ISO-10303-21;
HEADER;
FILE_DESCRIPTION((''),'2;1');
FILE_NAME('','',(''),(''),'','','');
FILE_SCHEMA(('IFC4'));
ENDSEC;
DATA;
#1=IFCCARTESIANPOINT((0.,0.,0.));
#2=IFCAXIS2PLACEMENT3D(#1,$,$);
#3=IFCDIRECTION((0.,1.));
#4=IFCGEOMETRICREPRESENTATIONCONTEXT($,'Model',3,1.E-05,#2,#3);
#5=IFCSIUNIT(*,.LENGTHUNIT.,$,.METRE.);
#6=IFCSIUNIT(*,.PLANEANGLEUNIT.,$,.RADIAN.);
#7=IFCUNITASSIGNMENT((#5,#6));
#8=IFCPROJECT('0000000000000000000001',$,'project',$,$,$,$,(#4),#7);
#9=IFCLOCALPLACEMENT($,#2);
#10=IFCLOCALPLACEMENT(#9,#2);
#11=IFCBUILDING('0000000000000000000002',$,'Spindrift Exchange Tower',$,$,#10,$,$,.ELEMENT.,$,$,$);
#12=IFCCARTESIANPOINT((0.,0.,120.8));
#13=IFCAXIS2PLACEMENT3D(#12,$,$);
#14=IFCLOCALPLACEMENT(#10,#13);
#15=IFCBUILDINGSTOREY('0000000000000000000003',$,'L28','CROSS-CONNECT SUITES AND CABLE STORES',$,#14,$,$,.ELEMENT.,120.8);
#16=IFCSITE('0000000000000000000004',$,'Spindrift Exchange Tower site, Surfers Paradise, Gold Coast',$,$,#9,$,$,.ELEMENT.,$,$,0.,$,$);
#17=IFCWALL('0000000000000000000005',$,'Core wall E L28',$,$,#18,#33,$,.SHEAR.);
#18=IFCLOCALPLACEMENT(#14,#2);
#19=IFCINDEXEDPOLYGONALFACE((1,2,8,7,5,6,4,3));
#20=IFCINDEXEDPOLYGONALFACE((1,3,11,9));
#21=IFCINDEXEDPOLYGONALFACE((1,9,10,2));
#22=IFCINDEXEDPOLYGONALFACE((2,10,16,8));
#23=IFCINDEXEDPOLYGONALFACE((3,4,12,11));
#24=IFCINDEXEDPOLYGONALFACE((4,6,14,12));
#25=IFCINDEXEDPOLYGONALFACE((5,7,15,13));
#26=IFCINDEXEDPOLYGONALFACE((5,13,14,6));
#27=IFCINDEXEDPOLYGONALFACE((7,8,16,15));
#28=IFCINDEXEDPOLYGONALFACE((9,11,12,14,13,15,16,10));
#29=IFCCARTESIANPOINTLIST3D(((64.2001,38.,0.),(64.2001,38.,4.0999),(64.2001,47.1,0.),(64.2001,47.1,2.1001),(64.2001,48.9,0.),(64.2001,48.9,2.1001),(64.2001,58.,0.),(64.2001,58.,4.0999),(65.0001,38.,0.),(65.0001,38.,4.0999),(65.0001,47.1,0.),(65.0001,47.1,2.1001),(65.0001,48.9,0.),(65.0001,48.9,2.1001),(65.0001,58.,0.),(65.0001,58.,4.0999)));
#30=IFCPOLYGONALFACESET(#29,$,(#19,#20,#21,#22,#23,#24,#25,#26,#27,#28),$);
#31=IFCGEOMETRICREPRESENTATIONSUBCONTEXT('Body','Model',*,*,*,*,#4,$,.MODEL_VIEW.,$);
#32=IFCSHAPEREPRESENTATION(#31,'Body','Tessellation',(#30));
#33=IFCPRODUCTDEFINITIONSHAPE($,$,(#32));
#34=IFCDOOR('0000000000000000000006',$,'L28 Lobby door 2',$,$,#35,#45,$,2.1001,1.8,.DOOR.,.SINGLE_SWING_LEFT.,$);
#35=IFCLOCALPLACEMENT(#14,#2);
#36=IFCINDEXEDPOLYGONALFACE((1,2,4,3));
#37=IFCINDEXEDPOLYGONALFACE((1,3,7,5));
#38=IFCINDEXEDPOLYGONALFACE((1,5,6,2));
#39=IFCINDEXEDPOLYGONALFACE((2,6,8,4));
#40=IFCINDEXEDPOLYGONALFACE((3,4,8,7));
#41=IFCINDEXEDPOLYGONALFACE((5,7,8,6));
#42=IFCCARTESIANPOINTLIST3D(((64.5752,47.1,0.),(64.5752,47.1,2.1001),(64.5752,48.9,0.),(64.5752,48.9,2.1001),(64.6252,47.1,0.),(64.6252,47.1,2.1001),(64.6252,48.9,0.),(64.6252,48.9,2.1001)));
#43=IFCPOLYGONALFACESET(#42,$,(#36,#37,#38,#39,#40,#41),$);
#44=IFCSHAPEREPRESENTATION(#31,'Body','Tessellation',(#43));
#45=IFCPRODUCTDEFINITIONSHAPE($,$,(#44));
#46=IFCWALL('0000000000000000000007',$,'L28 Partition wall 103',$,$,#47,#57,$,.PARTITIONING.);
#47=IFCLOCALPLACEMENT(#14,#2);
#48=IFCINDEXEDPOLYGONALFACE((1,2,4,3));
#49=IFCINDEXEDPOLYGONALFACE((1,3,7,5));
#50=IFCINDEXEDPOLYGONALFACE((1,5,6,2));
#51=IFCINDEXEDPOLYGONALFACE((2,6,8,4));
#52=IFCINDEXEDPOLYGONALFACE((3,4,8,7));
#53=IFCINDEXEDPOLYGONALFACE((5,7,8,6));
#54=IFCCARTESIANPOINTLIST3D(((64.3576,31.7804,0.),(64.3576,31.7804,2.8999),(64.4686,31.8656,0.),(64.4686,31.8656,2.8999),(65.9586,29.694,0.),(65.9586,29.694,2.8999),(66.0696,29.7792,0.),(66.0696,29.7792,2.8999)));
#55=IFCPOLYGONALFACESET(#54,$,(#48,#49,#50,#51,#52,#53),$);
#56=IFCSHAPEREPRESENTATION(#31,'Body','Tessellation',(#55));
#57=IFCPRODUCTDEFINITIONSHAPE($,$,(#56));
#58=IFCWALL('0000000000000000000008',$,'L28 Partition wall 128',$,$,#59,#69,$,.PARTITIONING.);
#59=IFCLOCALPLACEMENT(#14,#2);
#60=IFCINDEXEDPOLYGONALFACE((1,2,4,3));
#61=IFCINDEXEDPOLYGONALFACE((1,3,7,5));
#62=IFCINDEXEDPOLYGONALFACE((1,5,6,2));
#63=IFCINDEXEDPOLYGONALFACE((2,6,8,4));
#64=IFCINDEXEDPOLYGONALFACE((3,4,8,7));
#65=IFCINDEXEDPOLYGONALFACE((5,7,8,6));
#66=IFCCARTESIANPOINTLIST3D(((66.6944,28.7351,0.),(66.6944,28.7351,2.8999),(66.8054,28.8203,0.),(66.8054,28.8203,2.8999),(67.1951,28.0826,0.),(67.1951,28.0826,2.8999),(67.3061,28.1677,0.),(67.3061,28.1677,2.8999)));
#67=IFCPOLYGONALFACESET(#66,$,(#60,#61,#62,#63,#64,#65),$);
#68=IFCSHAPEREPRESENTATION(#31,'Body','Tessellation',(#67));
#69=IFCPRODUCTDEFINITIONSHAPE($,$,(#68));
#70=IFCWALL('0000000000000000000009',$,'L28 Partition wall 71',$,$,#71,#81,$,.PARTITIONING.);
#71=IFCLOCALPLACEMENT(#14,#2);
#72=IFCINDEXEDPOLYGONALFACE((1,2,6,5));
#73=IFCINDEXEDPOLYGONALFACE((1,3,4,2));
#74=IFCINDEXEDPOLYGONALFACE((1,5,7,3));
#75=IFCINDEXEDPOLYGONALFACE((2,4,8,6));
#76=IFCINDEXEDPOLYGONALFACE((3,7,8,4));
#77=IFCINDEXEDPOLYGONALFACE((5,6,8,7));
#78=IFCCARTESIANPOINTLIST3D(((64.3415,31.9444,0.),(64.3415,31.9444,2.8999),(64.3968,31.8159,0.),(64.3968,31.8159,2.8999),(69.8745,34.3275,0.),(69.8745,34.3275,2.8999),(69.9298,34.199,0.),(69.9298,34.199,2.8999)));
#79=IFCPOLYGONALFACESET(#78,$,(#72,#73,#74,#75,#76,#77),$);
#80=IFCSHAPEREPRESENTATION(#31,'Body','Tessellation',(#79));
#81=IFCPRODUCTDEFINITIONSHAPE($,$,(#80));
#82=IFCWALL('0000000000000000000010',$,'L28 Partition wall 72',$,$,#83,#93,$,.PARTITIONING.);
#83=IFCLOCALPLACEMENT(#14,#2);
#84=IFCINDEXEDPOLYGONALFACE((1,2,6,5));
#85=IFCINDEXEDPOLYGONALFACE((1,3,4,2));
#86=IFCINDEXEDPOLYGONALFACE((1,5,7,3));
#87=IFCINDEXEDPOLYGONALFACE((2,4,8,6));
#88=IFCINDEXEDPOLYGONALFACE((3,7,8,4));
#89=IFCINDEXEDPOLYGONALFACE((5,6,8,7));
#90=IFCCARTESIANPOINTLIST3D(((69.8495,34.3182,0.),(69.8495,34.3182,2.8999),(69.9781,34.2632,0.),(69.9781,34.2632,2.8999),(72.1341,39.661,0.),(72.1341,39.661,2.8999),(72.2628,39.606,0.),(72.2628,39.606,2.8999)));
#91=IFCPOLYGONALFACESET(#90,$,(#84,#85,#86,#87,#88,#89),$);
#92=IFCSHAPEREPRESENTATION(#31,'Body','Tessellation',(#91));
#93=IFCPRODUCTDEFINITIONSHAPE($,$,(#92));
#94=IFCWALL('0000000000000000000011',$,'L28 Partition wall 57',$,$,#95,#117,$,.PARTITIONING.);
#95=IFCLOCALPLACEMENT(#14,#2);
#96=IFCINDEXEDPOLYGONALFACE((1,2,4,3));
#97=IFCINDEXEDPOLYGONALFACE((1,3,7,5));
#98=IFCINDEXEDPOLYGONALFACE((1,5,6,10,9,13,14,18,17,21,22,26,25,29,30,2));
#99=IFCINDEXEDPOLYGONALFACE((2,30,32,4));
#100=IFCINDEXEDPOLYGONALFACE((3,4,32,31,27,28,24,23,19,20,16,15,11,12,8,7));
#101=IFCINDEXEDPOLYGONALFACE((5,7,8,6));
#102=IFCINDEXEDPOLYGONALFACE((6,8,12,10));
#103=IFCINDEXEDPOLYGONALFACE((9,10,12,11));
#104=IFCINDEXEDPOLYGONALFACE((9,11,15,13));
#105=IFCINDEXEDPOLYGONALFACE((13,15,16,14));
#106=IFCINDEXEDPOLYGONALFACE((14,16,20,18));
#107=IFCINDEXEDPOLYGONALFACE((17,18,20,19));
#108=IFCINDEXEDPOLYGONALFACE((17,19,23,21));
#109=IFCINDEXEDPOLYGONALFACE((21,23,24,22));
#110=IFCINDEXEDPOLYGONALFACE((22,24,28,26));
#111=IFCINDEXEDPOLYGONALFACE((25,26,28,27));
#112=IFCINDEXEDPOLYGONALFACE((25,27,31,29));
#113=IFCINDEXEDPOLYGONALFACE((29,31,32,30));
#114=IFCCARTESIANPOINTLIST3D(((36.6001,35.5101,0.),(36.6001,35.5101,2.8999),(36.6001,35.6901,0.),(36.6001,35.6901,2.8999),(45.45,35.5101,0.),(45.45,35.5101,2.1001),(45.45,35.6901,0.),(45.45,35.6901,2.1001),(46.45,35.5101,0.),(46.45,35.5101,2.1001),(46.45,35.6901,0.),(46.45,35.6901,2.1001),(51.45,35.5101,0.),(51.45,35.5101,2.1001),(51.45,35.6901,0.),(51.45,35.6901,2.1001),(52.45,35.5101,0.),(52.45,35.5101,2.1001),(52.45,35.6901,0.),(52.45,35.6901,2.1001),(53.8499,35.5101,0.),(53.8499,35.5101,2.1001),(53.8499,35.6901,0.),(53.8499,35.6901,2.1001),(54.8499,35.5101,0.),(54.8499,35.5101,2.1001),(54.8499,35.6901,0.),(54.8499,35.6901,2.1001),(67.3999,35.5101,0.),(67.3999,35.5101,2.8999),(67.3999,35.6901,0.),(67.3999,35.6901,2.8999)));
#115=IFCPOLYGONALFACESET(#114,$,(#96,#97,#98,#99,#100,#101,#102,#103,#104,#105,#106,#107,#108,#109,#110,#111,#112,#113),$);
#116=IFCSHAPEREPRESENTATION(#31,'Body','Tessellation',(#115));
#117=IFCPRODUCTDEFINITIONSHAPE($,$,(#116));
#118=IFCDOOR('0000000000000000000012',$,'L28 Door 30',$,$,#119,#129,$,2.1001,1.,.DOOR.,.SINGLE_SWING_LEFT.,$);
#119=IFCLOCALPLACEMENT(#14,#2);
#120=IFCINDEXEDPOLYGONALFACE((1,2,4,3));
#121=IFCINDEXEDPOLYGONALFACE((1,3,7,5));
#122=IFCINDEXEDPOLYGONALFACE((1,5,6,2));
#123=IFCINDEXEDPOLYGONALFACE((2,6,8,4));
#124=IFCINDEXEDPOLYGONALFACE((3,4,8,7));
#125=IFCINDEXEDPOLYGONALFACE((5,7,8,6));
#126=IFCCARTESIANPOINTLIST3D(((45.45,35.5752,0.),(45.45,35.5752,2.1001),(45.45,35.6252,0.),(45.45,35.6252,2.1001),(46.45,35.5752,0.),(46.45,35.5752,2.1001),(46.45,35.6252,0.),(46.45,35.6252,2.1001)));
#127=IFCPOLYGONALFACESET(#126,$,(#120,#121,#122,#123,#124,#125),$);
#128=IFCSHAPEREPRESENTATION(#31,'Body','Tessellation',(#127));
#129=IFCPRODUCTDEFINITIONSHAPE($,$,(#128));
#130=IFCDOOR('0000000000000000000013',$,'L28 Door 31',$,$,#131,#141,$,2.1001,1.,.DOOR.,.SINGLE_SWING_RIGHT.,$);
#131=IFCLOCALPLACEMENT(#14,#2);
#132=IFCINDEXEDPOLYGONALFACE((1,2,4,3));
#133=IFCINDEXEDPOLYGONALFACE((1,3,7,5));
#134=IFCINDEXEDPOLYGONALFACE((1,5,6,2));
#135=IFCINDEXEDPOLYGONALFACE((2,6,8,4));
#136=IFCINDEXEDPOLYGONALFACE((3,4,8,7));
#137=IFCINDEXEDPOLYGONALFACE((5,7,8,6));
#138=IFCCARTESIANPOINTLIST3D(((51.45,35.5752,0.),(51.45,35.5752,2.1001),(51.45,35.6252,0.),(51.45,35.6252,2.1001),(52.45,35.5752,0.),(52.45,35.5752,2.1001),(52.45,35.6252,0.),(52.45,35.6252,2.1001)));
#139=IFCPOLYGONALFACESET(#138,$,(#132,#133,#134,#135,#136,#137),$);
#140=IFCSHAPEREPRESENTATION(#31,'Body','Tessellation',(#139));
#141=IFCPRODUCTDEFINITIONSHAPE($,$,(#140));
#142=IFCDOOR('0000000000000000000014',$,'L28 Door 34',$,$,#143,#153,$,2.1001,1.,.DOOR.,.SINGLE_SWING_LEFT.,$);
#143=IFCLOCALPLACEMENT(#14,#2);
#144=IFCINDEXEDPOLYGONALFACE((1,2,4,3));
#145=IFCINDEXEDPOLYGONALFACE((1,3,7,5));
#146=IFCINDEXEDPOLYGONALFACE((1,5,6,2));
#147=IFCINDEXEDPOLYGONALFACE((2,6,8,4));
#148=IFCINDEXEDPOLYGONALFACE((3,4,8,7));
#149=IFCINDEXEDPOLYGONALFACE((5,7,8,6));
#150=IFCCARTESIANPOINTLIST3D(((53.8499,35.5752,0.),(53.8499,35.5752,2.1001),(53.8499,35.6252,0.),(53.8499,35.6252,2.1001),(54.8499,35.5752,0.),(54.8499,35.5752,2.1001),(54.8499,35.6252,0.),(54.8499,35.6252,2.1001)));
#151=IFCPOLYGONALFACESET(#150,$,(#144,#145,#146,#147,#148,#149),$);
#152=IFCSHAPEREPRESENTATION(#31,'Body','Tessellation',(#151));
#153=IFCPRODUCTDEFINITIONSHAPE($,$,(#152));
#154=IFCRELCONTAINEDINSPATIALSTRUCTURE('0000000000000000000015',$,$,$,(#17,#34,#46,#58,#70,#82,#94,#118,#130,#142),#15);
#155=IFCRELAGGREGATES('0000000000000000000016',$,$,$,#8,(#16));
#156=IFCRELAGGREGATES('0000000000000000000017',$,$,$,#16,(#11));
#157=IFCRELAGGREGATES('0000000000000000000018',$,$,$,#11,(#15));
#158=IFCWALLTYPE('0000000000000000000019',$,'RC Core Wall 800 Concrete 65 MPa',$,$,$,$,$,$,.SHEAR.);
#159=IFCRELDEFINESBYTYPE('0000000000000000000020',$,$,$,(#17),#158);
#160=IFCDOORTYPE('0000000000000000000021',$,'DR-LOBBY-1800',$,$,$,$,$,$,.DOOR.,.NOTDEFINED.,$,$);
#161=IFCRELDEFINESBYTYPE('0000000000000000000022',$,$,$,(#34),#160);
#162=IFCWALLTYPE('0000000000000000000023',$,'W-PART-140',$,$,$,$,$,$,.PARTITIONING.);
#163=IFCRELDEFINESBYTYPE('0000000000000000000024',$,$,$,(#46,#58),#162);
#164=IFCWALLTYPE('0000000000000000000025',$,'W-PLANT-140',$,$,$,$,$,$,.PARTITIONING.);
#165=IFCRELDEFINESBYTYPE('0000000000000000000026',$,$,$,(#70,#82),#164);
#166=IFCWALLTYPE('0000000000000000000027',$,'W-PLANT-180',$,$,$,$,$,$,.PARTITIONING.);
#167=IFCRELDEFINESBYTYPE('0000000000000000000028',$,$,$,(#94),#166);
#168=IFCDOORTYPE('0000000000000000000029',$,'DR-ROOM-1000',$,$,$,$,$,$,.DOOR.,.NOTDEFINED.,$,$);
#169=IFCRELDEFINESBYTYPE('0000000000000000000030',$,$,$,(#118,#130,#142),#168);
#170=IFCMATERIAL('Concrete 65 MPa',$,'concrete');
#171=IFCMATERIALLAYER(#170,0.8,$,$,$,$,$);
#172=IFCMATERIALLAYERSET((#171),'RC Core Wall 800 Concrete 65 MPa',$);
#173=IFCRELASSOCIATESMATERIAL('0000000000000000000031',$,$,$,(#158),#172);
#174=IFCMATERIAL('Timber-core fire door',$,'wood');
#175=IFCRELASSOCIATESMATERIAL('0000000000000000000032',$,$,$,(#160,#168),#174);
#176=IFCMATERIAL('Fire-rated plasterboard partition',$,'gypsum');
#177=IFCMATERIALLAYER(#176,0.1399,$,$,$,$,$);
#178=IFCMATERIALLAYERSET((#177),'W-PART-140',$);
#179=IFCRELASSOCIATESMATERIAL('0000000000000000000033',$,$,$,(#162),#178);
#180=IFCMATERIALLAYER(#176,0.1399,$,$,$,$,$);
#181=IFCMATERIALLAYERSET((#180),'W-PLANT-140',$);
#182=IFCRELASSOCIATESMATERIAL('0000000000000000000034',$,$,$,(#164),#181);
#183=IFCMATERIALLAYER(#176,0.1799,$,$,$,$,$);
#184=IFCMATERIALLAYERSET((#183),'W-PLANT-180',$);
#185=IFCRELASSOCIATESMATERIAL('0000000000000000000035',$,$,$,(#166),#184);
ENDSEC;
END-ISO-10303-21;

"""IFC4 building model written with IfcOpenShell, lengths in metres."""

from ifc_helpers import new_model, si_unit, direction, frame, frame_2d, origin, place, context, subcontext, project, spatial, rectangle, extrude, source, transform, mapped, material, layer, layer_set, type_object, element, fill, save


model = new_model("IFC4")

# Units and contexts
model_context = context("Model", 3, precision=1e-05, world=origin(), true_north=direction((0.0, 1.0)))
body_context = subcontext(model_context, "Body", "Model", "MODEL_VIEW")
ifc_project = project(units=[si_unit("LENGTHUNIT", "METRE"), si_unit("PLANEANGLEUNIT", "RADIAN")], contexts=[model_context])

# Site, building, storey
site_placement = place(None, origin())
site = spatial("IfcSite", under=ifc_project, at=site_placement, Name="Spindrift Exchange Tower site, Surfers Paradise, Gold Coast", CompositionType="ELEMENT", RefElevation=0.0)
building_placement = place(site_placement, origin())
building = spatial("IfcBuilding", under=site, at=building_placement, Name="Spindrift Exchange Tower", CompositionType="ELEMENT")
storey_placement = place(building_placement, frame((0.0, 0.0, 120.8)))
storey = spatial("IfcBuildingStorey", under=building, at=storey_placement, Name="L28", Description="CROSS-CONNECT SUITES AND CABLE STORES", CompositionType="ELEMENT", Elevation=120.8)

# Shared definitions
ifc_material_1 = material(Name="Concrete 65 MPa", Category="concrete")

# Wall, opening, door
ifc_layer_1 = layer(ifc_material_1, 0.8)
ifc_layer_set_1 = layer_set([ifc_layer_1], Name="RC Core Wall 800 Concrete 65 MPa")
wall_type_1 = type_object("IfcWallType", Name="RC Core Wall 800 Concrete 65 MPa", PredefinedType="SHEAR", material=ifc_layer_set_1)
wall_1_placement = place(storey_placement, frame((64.6001, 38.0, 0.0), z_axis=(0.0, 0.0, 1.0), x_axis=(0.0, 1.0, 0.0)))
wall_1 = element("IfcWall", 1, at=wall_1_placement, inside=storey, type_object=wall_type_1, Name="Core wall E L28", PredefinedType="SHEAR", context=body_context, shape_type="SweptSolid", body=[
    extrude(rectangle(XDim=20.0, YDim=0.8, at=frame_2d((10.0, 0.0))), origin(), (0.0, 0.0, 1.0), 4.0999),
])
opening_1_placement = place(wall_1_placement, frame((9.1001, 0.0, 0.0)))
opening_1 = element("IfcOpeningElement", 2, at=opening_1_placement, cuts=wall_1, PredefinedType="OPENING", context=body_context, shape_type="SweptSolid", body=[
    extrude(rectangle(XDim=1.8, YDim=2.1001, at=frame_2d((0.8999, 1.05))), frame((0.0, 0.4099, 0.0), z_axis=(0.0, -1.0, 0.0), x_axis=(1.0, 0.0, 0.0)), (0.0, 0.0, 1.0), 0.8201),
])
ifc_material_2 = material(Name="Timber-core fire door", Category="wood")
door_type_1 = type_object("IfcDoorType", Name="DR-LOBBY-1800", OperationType="NOTDEFINED", PredefinedType="DOOR", material=ifc_material_2)
shared_shape_1 = source(origin(), body_context, "Body", "SweptSolid", [
    extrude(rectangle(XDim=1.8, YDim=2.1001, at=frame_2d((0.8999, 1.05))), frame((0.0, 0.0249, 0.0), z_axis=(0.0, -1.0, 0.0), x_axis=(1.0, 0.0, 0.0)), (0.0, 0.0, 1.0), 0.05),
])
door_1_placement = place(opening_1_placement, origin())
door_1 = element("IfcDoor", 3, at=door_1_placement, inside=storey, type_object=door_type_1, Name="L28 Lobby door 2", OperationType="SINGLE_SWING_LEFT", OverallHeight=2.1001, OverallWidth=1.8, PredefinedType="DOOR", context=body_context, shape_type="MappedRepresentation", body=[
    mapped(shared_shape_1, transform((0.0, 0.0, 0.0), scale=1.0)),
])
fill(opening_1, door_1)

# Walls
ifc_material_3 = material(Name="Fire-rated plasterboard partition", Category="gypsum")
ifc_layer_2 = layer(ifc_material_3, 0.1399)
ifc_layer_set_2 = layer_set([ifc_layer_2], Name="W-PART-140")
wall_type_2 = type_object("IfcWallType", Name="W-PART-140", PredefinedType="PARTITIONING", material=ifc_layer_set_2)
wall_2_placement = place(storey_placement, frame((64.4131, 31.823, 0.0), z_axis=(0.0, 0.0, 1.0), x_axis=(0.608786, -0.793334, 0.0)))
element("IfcWall", 4, at=wall_2_placement, inside=storey, type_object=wall_type_2, Name="L28 Partition wall 103", PredefinedType="PARTITIONING", context=body_context, shape_type="SweptSolid", body=[
    extrude(rectangle(XDim=2.6299, YDim=0.1399, at=frame_2d((1.3149, 0.0))), origin(), (0.0, 0.0, 1.0), 2.8999),
])
wall_3_placement = place(storey_placement, frame((66.75, 28.7776, 0.0), z_axis=(0.0, 0.0, 1.0), x_axis=(0.608749, -0.793363, 0.0)))
element("IfcWall", 5, at=wall_3_placement, inside=storey, type_object=wall_type_2, Name="L28 Partition wall 128", PredefinedType="PARTITIONING", context=body_context, shape_type="SweptSolid", body=[
    extrude(rectangle(XDim=0.8225, YDim=0.1399, at=frame_2d((0.4111, 0.0))), origin(), (0.0, 0.0, 1.0), 2.8999),
])
ifc_layer_3 = layer(ifc_material_3, 0.1399)
ifc_layer_set_3 = layer_set([ifc_layer_3], Name="W-PLANT-140")
wall_type_3 = type_object("IfcWallType", Name="W-PLANT-140", PredefinedType="PARTITIONING", material=ifc_layer_set_3)
wall_4_placement = place(storey_placement, frame((64.3691, 31.8801, 0.0), z_axis=(0.0, 0.0, 1.0), x_axis=(0.918435, 0.395572, 0.0)))
element("IfcWall", 6, at=wall_4_placement, inside=storey, type_object=wall_type_3, Name="L28 Partition wall 71", PredefinedType="PARTITIONING", context=body_context, shape_type="SweptSolid", body=[
    extrude(rectangle(XDim=6.0244, YDim=0.1399, at=frame_2d((3.0122, 0.0))), origin(), (0.0, 0.0, 1.0), 2.8999),
])
wall_5_placement = place(storey_placement, frame((69.9138, 34.2908, 0.0), z_axis=(0.0, 0.0, 1.0), x_axis=(0.393179, 0.919462, 0.0)))
element("IfcWall", 7, at=wall_5_placement, inside=storey, type_object=wall_type_3, Name="L28 Partition wall 72", PredefinedType="PARTITIONING", context=body_context, shape_type="SweptSolid", body=[
    extrude(rectangle(XDim=5.8108, YDim=0.1399, at=frame_2d((2.9053, 0.0))), origin(), (0.0, 0.0, 1.0), 2.8999),
])

# Wall, openings, doors
ifc_layer_4 = layer(ifc_material_3, 0.1799)
ifc_layer_set_4 = layer_set([ifc_layer_4], Name="W-PLANT-180")
wall_type_4 = type_object("IfcWallType", Name="W-PLANT-180", PredefinedType="PARTITIONING", material=ifc_layer_set_4)
wall_6_placement = place(storey_placement, frame((67.3999, 35.6001, 0.0), z_axis=(0.0, 0.0, 1.0), x_axis=(-1.0, 0.0, 0.0)))
wall_6 = element("IfcWall", 8, at=wall_6_placement, inside=storey, type_object=wall_type_4, Name="L28 Partition wall 57", PredefinedType="PARTITIONING", context=body_context, shape_type="SweptSolid", body=[
    extrude(rectangle(XDim=30.7998, YDim=0.1799, at=frame_2d((15.3999, 0.0))), origin(), (0.0, 0.0, 1.0), 2.8999),
])
opening_2_placement = place(wall_6_placement, frame((20.95, 0.0, 0.0)))
opening_2 = element("IfcOpeningElement", 9, at=opening_2_placement, cuts=wall_6, PredefinedType="OPENING", context=body_context, shape_type="SweptSolid", body=[
    extrude(rectangle(XDim=1.0, YDim=2.1001, at=frame_2d((0.5, 1.05))), frame((0.0, 0.0999, 0.0), z_axis=(0.0, -1.0, 0.0), x_axis=(1.0, 0.0, 0.0)), (0.0, 0.0, 1.0), 0.2),
])
opening_3_placement = place(wall_6_placement, frame((14.95, 0.0, 0.0)))
opening_3 = element("IfcOpeningElement", 10, at=opening_3_placement, cuts=wall_6, PredefinedType="OPENING", context=body_context, shape_type="SweptSolid", body=[
    extrude(rectangle(XDim=1.0, YDim=2.1001, at=frame_2d((0.5, 1.05))), frame((0.0, 0.0999, 0.0), z_axis=(0.0, -1.0, 0.0), x_axis=(1.0, 0.0, 0.0)), (0.0, 0.0, 1.0), 0.2),
])
opening_4_placement = place(wall_6_placement, frame((12.55, 0.0, 0.0)))
opening_4 = element("IfcOpeningElement", 11, at=opening_4_placement, cuts=wall_6, PredefinedType="OPENING", context=body_context, shape_type="SweptSolid", body=[
    extrude(rectangle(XDim=1.0, YDim=2.1001, at=frame_2d((0.5, 1.05))), frame((0.0, 0.0999, 0.0), z_axis=(0.0, -1.0, 0.0), x_axis=(1.0, 0.0, 0.0)), (0.0, 0.0, 1.0), 0.2),
])
door_type_2 = type_object("IfcDoorType", Name="DR-ROOM-1000", OperationType="NOTDEFINED", PredefinedType="DOOR", material=ifc_material_2)
shared_shape_2 = source(origin(), body_context, "Body", "SweptSolid", [
    extrude(rectangle(XDim=1.0, YDim=2.1001, at=frame_2d((0.5, 1.05))), frame((0.0, 0.0249, 0.0), z_axis=(0.0, -1.0, 0.0), x_axis=(1.0, 0.0, 0.0)), (0.0, 0.0, 1.0), 0.05),
])
door_2_placement = place(opening_2_placement, origin())
door_2 = element("IfcDoor", 12, at=door_2_placement, inside=storey, type_object=door_type_2, Name="L28 Door 30", OperationType="SINGLE_SWING_LEFT", OverallHeight=2.1001, OverallWidth=1.0, PredefinedType="DOOR", context=body_context, shape_type="MappedRepresentation", body=[
    mapped(shared_shape_2, transform((0.0, 0.0, 0.0), scale=1.0)),
])
fill(opening_2, door_2)
door_3_placement = place(opening_3_placement, origin())
door_3 = element("IfcDoor", 13, at=door_3_placement, inside=storey, type_object=door_type_2, Name="L28 Door 31", OperationType="SINGLE_SWING_RIGHT", OverallHeight=2.1001, OverallWidth=1.0, PredefinedType="DOOR", context=body_context, shape_type="MappedRepresentation", body=[
    mapped(shared_shape_2, transform((0.0, 0.0, 0.0), scale=1.0)),
])
fill(opening_3, door_3)
door_4_placement = place(opening_4_placement, origin())
door_4 = element("IfcDoor", 14, at=door_4_placement, inside=storey, type_object=door_type_2, Name="L28 Door 34", OperationType="SINGLE_SWING_LEFT", OverallHeight=2.1001, OverallWidth=1.0, PredefinedType="DOOR", context=body_context, shape_type="MappedRepresentation", body=[
    mapped(shared_shape_2, transform((0.0, 0.0, 0.0), scale=1.0)),
])
fill(opening_4, door_4)

save(model, "model.ifc")
